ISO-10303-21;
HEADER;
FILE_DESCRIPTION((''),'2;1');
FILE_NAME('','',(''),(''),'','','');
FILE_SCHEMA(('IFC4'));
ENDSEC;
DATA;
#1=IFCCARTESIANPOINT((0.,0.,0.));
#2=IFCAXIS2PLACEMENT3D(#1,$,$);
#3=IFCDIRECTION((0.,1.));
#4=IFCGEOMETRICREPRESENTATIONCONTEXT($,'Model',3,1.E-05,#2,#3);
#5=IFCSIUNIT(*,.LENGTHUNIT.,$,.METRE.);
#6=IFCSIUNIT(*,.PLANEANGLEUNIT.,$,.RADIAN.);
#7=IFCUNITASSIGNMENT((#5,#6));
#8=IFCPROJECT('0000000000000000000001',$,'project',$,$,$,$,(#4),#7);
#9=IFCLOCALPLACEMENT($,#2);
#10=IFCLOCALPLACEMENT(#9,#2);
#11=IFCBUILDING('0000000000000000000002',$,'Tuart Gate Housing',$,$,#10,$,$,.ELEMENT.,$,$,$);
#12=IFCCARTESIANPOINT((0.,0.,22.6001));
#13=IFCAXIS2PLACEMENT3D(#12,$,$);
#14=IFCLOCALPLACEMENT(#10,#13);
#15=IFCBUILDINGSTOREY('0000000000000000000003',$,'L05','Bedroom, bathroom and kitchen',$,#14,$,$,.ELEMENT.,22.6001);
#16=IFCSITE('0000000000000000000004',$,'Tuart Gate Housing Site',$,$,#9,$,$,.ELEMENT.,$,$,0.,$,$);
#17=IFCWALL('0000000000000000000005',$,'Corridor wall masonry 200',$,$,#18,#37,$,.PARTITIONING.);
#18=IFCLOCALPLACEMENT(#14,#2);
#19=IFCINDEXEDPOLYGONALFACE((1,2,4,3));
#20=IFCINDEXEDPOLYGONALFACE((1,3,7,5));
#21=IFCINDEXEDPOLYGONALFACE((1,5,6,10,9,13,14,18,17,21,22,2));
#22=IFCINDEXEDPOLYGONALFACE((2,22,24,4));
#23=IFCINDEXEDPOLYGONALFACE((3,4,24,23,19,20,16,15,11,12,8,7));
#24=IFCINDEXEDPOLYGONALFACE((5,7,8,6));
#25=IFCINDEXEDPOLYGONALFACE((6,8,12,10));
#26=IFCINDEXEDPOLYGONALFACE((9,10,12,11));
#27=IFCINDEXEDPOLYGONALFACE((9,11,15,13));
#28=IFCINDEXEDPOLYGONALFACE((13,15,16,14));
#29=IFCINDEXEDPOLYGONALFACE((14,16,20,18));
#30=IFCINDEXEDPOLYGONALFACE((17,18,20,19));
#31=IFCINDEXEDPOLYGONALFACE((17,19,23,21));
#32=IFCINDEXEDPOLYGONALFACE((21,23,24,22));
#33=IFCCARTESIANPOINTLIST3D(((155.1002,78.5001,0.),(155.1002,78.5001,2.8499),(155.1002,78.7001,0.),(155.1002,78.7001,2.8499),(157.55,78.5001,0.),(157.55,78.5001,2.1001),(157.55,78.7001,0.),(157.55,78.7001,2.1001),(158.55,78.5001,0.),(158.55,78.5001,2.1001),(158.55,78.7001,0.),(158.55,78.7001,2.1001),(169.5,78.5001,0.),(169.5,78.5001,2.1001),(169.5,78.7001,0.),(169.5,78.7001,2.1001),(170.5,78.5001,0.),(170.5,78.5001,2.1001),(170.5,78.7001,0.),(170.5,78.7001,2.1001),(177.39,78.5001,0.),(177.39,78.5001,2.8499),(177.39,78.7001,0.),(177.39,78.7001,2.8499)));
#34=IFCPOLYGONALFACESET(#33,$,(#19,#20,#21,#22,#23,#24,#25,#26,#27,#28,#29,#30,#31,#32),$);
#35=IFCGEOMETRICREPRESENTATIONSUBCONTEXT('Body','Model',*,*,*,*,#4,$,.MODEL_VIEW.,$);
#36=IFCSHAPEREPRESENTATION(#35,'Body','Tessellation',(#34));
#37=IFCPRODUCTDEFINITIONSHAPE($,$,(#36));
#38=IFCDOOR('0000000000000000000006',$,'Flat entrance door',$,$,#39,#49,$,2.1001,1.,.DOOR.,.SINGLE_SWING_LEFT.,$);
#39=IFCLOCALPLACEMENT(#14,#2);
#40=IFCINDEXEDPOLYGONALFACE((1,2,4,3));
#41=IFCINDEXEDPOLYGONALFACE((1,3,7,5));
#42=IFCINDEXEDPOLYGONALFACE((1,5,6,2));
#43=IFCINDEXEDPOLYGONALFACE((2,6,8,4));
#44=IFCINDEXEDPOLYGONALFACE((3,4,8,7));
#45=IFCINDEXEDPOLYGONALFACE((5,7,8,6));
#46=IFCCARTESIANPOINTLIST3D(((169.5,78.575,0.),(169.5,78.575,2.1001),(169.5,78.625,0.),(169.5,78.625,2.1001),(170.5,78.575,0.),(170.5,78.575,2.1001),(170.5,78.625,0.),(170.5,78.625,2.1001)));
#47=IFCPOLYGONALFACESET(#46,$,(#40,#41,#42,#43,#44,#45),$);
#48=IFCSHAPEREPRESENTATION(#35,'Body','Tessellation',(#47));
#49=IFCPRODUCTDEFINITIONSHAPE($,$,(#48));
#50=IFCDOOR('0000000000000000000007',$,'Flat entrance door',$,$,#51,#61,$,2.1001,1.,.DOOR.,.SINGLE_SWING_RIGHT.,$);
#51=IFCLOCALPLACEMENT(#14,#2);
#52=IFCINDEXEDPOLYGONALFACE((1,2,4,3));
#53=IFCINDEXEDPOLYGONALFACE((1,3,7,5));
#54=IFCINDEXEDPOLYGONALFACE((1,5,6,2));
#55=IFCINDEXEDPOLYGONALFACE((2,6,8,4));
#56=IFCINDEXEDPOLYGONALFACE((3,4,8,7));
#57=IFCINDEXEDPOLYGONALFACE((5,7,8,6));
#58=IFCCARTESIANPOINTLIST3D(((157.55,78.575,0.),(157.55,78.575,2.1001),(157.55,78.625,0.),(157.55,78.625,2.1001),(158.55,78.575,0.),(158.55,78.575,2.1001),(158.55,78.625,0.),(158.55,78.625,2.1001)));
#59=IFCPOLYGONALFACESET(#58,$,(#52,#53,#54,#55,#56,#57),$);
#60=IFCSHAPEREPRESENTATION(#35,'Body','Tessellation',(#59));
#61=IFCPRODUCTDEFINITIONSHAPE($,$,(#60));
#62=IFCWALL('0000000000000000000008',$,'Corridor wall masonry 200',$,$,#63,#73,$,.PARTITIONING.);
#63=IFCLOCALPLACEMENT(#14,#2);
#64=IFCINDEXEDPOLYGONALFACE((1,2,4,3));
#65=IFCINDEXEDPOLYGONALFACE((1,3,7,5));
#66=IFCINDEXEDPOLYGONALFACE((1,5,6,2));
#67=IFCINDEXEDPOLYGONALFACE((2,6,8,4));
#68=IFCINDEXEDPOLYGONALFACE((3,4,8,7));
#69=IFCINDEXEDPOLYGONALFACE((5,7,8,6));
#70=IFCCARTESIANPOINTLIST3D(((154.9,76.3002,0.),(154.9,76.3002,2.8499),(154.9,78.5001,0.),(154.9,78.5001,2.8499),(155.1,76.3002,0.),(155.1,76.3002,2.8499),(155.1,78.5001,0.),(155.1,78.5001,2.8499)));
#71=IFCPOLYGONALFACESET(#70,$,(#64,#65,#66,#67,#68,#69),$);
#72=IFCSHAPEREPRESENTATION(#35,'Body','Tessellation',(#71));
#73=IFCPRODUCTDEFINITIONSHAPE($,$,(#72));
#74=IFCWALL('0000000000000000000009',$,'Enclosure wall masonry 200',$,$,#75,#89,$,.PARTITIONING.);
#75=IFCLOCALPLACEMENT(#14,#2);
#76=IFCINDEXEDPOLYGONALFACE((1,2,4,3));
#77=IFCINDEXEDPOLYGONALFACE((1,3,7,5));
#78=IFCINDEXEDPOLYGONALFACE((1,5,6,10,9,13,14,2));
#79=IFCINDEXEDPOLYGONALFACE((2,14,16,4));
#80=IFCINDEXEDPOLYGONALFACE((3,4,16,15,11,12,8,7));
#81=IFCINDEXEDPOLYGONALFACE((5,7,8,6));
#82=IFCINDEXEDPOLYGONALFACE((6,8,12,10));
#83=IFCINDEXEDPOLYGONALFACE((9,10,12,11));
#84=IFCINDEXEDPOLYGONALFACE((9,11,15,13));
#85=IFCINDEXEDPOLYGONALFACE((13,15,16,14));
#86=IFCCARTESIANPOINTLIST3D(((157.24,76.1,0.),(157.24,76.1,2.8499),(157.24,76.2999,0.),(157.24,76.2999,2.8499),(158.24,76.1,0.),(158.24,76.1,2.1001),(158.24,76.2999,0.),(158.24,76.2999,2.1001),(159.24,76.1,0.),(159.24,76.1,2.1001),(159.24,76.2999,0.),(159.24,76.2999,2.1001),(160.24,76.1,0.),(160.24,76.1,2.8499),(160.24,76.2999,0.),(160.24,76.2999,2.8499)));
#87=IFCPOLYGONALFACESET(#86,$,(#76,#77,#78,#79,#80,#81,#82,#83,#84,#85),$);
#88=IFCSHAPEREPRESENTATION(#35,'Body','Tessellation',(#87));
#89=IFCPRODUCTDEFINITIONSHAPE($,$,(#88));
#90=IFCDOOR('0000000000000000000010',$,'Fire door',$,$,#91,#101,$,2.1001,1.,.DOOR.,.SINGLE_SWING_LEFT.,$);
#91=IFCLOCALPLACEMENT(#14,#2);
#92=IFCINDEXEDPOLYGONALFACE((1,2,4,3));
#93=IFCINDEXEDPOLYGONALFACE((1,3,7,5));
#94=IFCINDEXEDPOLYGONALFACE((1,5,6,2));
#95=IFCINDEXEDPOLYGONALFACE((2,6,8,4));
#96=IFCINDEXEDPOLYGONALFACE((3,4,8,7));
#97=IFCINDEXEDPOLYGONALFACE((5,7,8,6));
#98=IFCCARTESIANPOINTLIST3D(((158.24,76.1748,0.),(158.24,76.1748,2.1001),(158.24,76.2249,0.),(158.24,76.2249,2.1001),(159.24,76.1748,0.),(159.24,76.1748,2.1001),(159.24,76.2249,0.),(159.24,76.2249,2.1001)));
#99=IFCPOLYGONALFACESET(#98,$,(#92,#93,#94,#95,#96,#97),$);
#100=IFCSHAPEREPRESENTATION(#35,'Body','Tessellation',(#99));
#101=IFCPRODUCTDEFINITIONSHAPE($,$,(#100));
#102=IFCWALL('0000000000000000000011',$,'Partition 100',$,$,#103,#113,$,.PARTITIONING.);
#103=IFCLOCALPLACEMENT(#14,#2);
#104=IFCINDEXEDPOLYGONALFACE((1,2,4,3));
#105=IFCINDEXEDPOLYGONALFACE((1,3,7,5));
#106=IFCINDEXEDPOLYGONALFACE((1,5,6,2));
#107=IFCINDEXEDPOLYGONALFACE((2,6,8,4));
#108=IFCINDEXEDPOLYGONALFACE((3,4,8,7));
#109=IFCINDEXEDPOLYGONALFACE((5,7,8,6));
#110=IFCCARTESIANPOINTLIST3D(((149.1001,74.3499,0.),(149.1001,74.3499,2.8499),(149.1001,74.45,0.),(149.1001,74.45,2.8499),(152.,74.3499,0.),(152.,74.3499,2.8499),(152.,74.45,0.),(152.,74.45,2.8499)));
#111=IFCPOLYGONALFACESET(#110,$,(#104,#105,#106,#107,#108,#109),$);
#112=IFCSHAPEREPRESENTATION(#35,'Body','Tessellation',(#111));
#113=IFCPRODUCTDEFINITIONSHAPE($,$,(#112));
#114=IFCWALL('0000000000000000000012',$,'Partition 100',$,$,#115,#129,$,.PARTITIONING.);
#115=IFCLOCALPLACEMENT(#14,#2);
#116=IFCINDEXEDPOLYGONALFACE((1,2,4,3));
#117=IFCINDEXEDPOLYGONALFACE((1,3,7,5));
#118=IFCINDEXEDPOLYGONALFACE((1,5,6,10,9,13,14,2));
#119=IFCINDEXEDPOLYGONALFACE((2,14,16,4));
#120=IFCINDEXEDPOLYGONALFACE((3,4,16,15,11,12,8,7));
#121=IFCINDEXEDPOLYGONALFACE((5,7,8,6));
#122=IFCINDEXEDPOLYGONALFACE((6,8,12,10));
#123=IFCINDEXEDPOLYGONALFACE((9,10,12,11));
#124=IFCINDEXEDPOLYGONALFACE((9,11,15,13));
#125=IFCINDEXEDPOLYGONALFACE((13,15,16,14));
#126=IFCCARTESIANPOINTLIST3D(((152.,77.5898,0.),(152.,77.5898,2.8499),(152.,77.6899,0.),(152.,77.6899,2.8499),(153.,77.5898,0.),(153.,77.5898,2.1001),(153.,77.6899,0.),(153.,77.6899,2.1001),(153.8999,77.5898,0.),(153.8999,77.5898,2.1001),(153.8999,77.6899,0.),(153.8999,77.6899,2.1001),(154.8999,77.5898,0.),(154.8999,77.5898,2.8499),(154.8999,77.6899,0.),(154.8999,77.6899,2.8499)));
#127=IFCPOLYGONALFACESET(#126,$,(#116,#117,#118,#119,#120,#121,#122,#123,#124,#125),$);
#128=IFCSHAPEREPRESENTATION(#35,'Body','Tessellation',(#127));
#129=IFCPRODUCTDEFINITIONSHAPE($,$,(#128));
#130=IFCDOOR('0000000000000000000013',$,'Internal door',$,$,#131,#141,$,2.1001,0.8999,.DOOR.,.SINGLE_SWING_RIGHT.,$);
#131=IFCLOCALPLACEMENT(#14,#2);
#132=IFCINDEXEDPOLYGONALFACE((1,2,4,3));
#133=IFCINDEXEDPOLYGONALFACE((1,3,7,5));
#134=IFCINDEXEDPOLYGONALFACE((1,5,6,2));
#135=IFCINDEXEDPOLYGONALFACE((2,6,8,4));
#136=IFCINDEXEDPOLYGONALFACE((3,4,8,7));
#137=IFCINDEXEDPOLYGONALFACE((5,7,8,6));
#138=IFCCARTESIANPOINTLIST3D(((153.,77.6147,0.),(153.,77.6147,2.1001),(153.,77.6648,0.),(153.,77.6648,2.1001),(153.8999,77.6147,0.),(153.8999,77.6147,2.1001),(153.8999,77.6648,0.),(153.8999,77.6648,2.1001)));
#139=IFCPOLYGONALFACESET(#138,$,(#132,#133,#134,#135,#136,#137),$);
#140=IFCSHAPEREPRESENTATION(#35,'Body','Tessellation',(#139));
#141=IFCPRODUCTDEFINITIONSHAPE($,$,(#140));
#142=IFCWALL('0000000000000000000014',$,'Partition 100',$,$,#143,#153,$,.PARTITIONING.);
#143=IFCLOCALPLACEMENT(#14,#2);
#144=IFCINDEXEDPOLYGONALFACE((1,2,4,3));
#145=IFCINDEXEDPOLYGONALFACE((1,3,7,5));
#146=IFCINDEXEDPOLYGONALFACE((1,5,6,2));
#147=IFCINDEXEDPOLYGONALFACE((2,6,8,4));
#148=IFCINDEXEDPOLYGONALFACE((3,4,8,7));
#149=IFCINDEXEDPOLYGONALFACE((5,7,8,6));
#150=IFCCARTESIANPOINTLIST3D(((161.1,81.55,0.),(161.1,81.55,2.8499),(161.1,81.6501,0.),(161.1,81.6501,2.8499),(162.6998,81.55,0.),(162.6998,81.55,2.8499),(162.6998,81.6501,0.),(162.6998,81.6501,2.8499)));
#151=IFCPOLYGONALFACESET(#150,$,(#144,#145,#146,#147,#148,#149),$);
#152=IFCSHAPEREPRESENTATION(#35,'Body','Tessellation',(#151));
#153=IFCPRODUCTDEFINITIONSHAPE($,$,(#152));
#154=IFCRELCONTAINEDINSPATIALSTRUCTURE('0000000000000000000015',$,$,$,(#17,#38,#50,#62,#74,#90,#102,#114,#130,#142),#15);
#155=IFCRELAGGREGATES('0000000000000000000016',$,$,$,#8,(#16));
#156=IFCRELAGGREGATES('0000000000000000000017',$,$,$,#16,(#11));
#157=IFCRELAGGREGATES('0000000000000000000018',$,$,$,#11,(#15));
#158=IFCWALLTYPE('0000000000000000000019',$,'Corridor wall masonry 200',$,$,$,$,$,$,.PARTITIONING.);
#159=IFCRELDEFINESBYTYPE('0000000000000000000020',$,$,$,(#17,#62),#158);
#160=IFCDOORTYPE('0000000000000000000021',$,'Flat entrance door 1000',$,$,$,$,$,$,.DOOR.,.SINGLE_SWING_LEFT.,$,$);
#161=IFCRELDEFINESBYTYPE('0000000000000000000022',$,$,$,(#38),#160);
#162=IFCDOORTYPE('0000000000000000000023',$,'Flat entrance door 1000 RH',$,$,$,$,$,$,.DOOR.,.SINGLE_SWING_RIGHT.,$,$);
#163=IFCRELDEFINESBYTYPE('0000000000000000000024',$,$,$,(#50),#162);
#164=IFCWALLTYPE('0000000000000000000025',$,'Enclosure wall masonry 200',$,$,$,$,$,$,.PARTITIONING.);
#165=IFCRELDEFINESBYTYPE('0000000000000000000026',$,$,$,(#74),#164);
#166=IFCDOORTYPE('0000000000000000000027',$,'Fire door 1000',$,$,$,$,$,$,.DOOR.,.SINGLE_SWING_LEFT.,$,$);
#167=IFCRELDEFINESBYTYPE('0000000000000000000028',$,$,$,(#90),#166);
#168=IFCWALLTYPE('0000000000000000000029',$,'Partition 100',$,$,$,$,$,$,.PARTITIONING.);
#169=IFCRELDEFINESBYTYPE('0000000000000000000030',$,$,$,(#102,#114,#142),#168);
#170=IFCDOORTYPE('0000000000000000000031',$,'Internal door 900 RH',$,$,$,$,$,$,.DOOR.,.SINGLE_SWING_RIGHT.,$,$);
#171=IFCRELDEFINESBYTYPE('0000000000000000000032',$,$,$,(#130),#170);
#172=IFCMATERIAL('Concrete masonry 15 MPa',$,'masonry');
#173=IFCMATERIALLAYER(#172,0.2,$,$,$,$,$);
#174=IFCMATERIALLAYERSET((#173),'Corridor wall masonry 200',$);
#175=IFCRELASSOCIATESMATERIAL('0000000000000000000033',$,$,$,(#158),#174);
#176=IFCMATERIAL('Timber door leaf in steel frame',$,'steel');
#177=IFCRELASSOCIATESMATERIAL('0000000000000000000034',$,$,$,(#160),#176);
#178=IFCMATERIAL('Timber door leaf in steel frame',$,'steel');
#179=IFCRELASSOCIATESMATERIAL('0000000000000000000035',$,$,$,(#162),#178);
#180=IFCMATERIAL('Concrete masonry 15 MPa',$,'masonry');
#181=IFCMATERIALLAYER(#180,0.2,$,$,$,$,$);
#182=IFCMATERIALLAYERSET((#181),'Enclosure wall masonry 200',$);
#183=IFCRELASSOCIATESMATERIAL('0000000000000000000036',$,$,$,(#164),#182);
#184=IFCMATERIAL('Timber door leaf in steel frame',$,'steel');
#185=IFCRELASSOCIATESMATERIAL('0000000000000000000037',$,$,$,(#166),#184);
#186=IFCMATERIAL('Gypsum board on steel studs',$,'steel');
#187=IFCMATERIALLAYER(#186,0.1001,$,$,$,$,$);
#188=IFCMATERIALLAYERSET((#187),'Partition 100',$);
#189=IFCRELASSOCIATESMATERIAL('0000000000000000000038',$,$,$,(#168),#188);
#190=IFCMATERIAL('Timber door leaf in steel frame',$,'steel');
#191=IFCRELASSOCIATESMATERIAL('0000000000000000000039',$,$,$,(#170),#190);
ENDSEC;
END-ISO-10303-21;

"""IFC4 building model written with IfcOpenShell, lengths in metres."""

from ifc_helpers import new_model, si_unit, direction, frame, frame_2d, origin, place, context, subcontext, project, spatial, rectangle, extrude, material, layer, layer_set, type_object, element, fill, save


model = new_model("IFC4")

# Units and contexts
model_context = context("Model", 3, precision=1e-05, world=origin(), true_north=direction((0.0, 1.0)))
body_context = subcontext(model_context, "Body", "Model", "MODEL_VIEW")
ifc_project = project(units=[si_unit("LENGTHUNIT", "METRE"), si_unit("PLANEANGLEUNIT", "RADIAN")], contexts=[model_context])

# Site, building, storey
site_placement = place(None, origin())
site = spatial("IfcSite", under=ifc_project, at=site_placement, Name="Tuart Gate Housing Site", CompositionType="ELEMENT", RefElevation=0.0)
building_placement = place(site_placement, origin())
building = spatial("IfcBuilding", under=site, at=building_placement, Name="Tuart Gate Housing", CompositionType="ELEMENT")
storey_placement = place(building_placement, frame((0.0, 0.0, 22.6001)))
storey = spatial("IfcBuildingStorey", under=building, at=storey_placement, Name="L05", Description="Bedroom, bathroom and kitchen", CompositionType="ELEMENT", Elevation=22.6001)

# Shared definitions
ifc_material_1 = material(Name="Concrete masonry 15 MPa", Category="masonry")
ifc_layer_1 = layer(ifc_material_1, 0.2)
ifc_layer_set_1 = layer_set([ifc_layer_1], Name="Corridor wall masonry 200")
wall_type_1 = type_object("IfcWallType", Name="Corridor wall masonry 200", PredefinedType="PARTITIONING", material=ifc_layer_set_1)

# Wall, openings, doors
wall_1_placement = place(storey_placement, frame((155.1001, 78.6001, 0.0), z_axis=(0.0, 0.0, 1.0), x_axis=(1.0, 0.0, 0.0)))
wall_1 = element("IfcWall", 1, at=wall_1_placement, inside=storey, type_object=wall_type_1, Name="Corridor wall masonry 200", PredefinedType="PARTITIONING", context=body_context, shape_type="SweptSolid", body=[
    extrude(rectangle(XDim=22.2898, YDim=0.2, at=frame_2d((11.145, 0.0))), origin(), (0.0, 0.0, 1.0), 2.8499),
])
opening_1_placement = place(wall_1_placement, frame((2.45, 0.0, 0.0)))
opening_1 = element("IfcOpeningElement", 2, at=opening_1_placement, cuts=wall_1, PredefinedType="OPENING", context=body_context, shape_type="SweptSolid", body=[
    extrude(rectangle(XDim=1.0, YDim=2.1001, at=frame_2d((0.5, 1.05))), frame((0.0, 0.1099, 0.0), z_axis=(0.0, -1.0, 0.0), x_axis=(1.0, 0.0, 0.0)), (0.0, 0.0, 1.0), 0.22),
])
opening_2_placement = place(wall_1_placement, frame((14.3999, 0.0, 0.0)))
opening_2 = element("IfcOpeningElement", 3, at=opening_2_placement, cuts=wall_1, PredefinedType="OPENING", context=body_context, shape_type="SweptSolid", body=[
    extrude(rectangle(XDim=1.0, YDim=2.1001, at=frame_2d((0.5, 1.05))), frame((0.0, 0.1099, 0.0), z_axis=(0.0, -1.0, 0.0), x_axis=(1.0, 0.0, 0.0)), (0.0, 0.0, 1.0), 0.22),
])
ifc_material_2 = material(Name="Timber door leaf in steel frame", Category="steel")
door_type_1 = type_object("IfcDoorType", Name="Flat entrance door 1000", OperationType="SINGLE_SWING_LEFT", PredefinedType="DOOR", material=ifc_material_2)
door_1_placement = place(opening_2_placement, origin())
door_1 = element("IfcDoor", 4, at=door_1_placement, inside=storey, type_object=door_type_1, Name="Flat entrance door", OperationType="SINGLE_SWING_LEFT", OverallHeight=2.1001, OverallWidth=1.0, PredefinedType="DOOR", context=body_context, shape_type="SweptSolid", body=[
    extrude(rectangle(XDim=1.0, YDim=2.1001, at=frame_2d((0.5, 1.05))), frame((0.0, 0.0249, 0.0), z_axis=(0.0, -1.0, 0.0), x_axis=(1.0, 0.0, 0.0)), (0.0, 0.0, 1.0), 0.05),
])
fill(opening_2, door_1)
ifc_material_3 = material(Name="Timber door leaf in steel frame", Category="steel")
door_type_2 = type_object("IfcDoorType", Name="Flat entrance door 1000 RH", OperationType="SINGLE_SWING_RIGHT", PredefinedType="DOOR", material=ifc_material_3)
door_2_placement = place(opening_1_placement, origin())
door_2 = element("IfcDoor", 5, at=door_2_placement, inside=storey, type_object=door_type_2, Name="Flat entrance door", OperationType="SINGLE_SWING_RIGHT", OverallHeight=2.1001, OverallWidth=1.0, PredefinedType="DOOR", context=body_context, shape_type="SweptSolid", body=[
    extrude(rectangle(XDim=1.0, YDim=2.1001, at=frame_2d((0.5, 1.05))), frame((0.0, 0.0249, 0.0), z_axis=(0.0, -1.0, 0.0), x_axis=(1.0, 0.0, 0.0)), (0.0, 0.0, 1.0), 0.05),
])
fill(opening_1, door_2)

# Wall
wall_2_placement = place(storey_placement, frame((155.0, 76.3, 0.0), z_axis=(0.0, 0.0, 1.0), x_axis=(0.0, 1.0, 0.0)))
element("IfcWall", 6, at=wall_2_placement, inside=storey, type_object=wall_type_1, Name="Corridor wall masonry 200", PredefinedType="PARTITIONING", context=body_context, shape_type="SweptSolid", body=[
    extrude(rectangle(XDim=2.2, YDim=0.2, at=frame_2d((1.1001, 0.0))), origin(), (0.0, 0.0, 1.0), 2.8499),
])

# Wall, opening, door
ifc_material_4 = material(Name="Concrete masonry 15 MPa", Category="masonry")
ifc_layer_2 = layer(ifc_material_4, 0.2)
ifc_layer_set_2 = layer_set([ifc_layer_2], Name="Enclosure wall masonry 200")
wall_type_2 = type_object("IfcWallType", Name="Enclosure wall masonry 200", PredefinedType="PARTITIONING", material=ifc_layer_set_2)
wall_3_placement = place(storey_placement, frame((157.24, 76.2, 0.0), z_axis=(0.0, 0.0, 1.0), x_axis=(1.0, 0.0, 0.0)))
wall_3 = element("IfcWall", 7, at=wall_3_placement, inside=storey, type_object=wall_type_2, Name="Enclosure wall masonry 200", PredefinedType="PARTITIONING", context=body_context, shape_type="SweptSolid", body=[
    extrude(rectangle(XDim=3.0, YDim=0.2, at=frame_2d((1.5, 0.0))), origin(), (0.0, 0.0, 1.0), 2.8499),
])
opening_3_placement = place(wall_3_placement, frame((1.0, 0.0, 0.0)))
opening_3 = element("IfcOpeningElement", 8, at=opening_3_placement, cuts=wall_3, PredefinedType="OPENING", context=body_context, shape_type="SweptSolid", body=[
    extrude(rectangle(XDim=1.0, YDim=2.1001, at=frame_2d((0.5, 1.05))), frame((0.0, 0.1099, 0.0), z_axis=(0.0, -1.0, 0.0), x_axis=(1.0, 0.0, 0.0)), (0.0, 0.0, 1.0), 0.22),
])
ifc_material_5 = material(Name="Timber door leaf in steel frame", Category="steel")
door_type_3 = type_object("IfcDoorType", Name="Fire door 1000", OperationType="SINGLE_SWING_LEFT", PredefinedType="DOOR", material=ifc_material_5)
door_3_placement = place(opening_3_placement, origin())
door_3 = element("IfcDoor", 9, at=door_3_placement, inside=storey, type_object=door_type_3, Name="Fire door", OperationType="SINGLE_SWING_LEFT", OverallHeight=2.1001, OverallWidth=1.0, PredefinedType="DOOR", context=body_context, shape_type="SweptSolid", body=[
    extrude(rectangle(XDim=1.0, YDim=2.1001, at=frame_2d((0.5, 1.05))), frame((0.0, 0.0249, 0.0), z_axis=(0.0, -1.0, 0.0), x_axis=(1.0, 0.0, 0.0)), (0.0, 0.0, 1.0), 0.05),
])
fill(opening_3, door_3)

# Wall
ifc_material_6 = material(Name="Gypsum board on steel studs", Category="steel")
ifc_layer_3 = layer(ifc_material_6, 0.1001)
ifc_layer_set_3 = layer_set([ifc_layer_3], Name="Partition 100")
wall_type_3 = type_object("IfcWallType", Name="Partition 100", PredefinedType="PARTITIONING", material=ifc_layer_set_3)
wall_4_placement = place(storey_placement, frame((149.1001, 74.3999, 0.0), z_axis=(0.0, 0.0, 1.0), x_axis=(1.0, 0.0, 0.0)))
element("IfcWall", 10, at=wall_4_placement, inside=storey, type_object=wall_type_3, Name="Partition 100", PredefinedType="PARTITIONING", context=body_context, shape_type="SweptSolid", body=[
    extrude(rectangle(XDim=2.8999, YDim=0.1001, at=frame_2d((1.45, 0.0))), origin(), (0.0, 0.0, 1.0), 2.8499),
])

# Wall, opening, door
wall_5_placement = place(storey_placement, frame((152.0, 77.6399, 0.0), z_axis=(0.0, 0.0, 1.0), x_axis=(1.0, 0.0, 0.0)))
wall_5 = element("IfcWall", 11, at=wall_5_placement, inside=storey, type_object=wall_type_3, Name="Partition 100", PredefinedType="PARTITIONING", context=body_context, shape_type="SweptSolid", body=[
    extrude(rectangle(XDim=2.8999, YDim=0.1001, at=frame_2d((1.45, 0.0))), origin(), (0.0, 0.0, 1.0), 2.8499),
])
opening_4_placement = place(wall_5_placement, frame((1.0, 0.0, 0.0)))
opening_4 = element("IfcOpeningElement", 12, at=opening_4_placement, cuts=wall_5, PredefinedType="OPENING", context=body_context, shape_type="SweptSolid", body=[
    extrude(rectangle(XDim=0.8999, YDim=2.1001, at=frame_2d((0.45, 1.05))), frame((0.0, 0.0601, 0.0), z_axis=(0.0, -1.0, 0.0), x_axis=(1.0, 0.0, 0.0)), (0.0, 0.0, 1.0), 0.1201),
])
ifc_material_7 = material(Name="Timber door leaf in steel frame", Category="steel")
door_type_4 = type_object("IfcDoorType", Name="Internal door 900 RH", OperationType="SINGLE_SWING_RIGHT", PredefinedType="DOOR", material=ifc_material_7)
door_4_placement = place(opening_4_placement, frame((0.8999, 0.0, 0.0), z_axis=(0.0, 0.0, 1.0), x_axis=(-1.0, 0.0, 0.0)))
door_4 = element("IfcDoor", 13, at=door_4_placement, inside=storey, type_object=door_type_4, Name="Internal door", OperationType="SINGLE_SWING_RIGHT", OverallHeight=2.1001, OverallWidth=0.8999, PredefinedType="DOOR", context=body_context, shape_type="SweptSolid", body=[
    extrude(rectangle(XDim=0.8999, YDim=2.1001, at=frame_2d((0.45, 1.05))), frame((0.0, 0.0251, 0.0), z_axis=(0.0, -1.0, 0.0), x_axis=(1.0, 0.0, 0.0)), (0.0, 0.0, 1.0), 0.05),
])
fill(opening_4, door_4)

# Wall
wall_6_placement = place(storey_placement, frame((161.1001, 81.6001, 0.0), z_axis=(0.0, 0.0, 1.0), x_axis=(1.0, 0.0, 0.0)))
element("IfcWall", 14, at=wall_6_placement, inside=storey, type_object=wall_type_3, Name="Partition 100", PredefinedType="PARTITIONING", context=body_context, shape_type="SweptSolid", body=[
    extrude(rectangle(XDim=1.5999, YDim=0.1001, at=frame_2d((0.7998, 0.0))), origin(), (0.0, 0.0, 1.0), 2.8499),
])

save(model, "model.ifc")
